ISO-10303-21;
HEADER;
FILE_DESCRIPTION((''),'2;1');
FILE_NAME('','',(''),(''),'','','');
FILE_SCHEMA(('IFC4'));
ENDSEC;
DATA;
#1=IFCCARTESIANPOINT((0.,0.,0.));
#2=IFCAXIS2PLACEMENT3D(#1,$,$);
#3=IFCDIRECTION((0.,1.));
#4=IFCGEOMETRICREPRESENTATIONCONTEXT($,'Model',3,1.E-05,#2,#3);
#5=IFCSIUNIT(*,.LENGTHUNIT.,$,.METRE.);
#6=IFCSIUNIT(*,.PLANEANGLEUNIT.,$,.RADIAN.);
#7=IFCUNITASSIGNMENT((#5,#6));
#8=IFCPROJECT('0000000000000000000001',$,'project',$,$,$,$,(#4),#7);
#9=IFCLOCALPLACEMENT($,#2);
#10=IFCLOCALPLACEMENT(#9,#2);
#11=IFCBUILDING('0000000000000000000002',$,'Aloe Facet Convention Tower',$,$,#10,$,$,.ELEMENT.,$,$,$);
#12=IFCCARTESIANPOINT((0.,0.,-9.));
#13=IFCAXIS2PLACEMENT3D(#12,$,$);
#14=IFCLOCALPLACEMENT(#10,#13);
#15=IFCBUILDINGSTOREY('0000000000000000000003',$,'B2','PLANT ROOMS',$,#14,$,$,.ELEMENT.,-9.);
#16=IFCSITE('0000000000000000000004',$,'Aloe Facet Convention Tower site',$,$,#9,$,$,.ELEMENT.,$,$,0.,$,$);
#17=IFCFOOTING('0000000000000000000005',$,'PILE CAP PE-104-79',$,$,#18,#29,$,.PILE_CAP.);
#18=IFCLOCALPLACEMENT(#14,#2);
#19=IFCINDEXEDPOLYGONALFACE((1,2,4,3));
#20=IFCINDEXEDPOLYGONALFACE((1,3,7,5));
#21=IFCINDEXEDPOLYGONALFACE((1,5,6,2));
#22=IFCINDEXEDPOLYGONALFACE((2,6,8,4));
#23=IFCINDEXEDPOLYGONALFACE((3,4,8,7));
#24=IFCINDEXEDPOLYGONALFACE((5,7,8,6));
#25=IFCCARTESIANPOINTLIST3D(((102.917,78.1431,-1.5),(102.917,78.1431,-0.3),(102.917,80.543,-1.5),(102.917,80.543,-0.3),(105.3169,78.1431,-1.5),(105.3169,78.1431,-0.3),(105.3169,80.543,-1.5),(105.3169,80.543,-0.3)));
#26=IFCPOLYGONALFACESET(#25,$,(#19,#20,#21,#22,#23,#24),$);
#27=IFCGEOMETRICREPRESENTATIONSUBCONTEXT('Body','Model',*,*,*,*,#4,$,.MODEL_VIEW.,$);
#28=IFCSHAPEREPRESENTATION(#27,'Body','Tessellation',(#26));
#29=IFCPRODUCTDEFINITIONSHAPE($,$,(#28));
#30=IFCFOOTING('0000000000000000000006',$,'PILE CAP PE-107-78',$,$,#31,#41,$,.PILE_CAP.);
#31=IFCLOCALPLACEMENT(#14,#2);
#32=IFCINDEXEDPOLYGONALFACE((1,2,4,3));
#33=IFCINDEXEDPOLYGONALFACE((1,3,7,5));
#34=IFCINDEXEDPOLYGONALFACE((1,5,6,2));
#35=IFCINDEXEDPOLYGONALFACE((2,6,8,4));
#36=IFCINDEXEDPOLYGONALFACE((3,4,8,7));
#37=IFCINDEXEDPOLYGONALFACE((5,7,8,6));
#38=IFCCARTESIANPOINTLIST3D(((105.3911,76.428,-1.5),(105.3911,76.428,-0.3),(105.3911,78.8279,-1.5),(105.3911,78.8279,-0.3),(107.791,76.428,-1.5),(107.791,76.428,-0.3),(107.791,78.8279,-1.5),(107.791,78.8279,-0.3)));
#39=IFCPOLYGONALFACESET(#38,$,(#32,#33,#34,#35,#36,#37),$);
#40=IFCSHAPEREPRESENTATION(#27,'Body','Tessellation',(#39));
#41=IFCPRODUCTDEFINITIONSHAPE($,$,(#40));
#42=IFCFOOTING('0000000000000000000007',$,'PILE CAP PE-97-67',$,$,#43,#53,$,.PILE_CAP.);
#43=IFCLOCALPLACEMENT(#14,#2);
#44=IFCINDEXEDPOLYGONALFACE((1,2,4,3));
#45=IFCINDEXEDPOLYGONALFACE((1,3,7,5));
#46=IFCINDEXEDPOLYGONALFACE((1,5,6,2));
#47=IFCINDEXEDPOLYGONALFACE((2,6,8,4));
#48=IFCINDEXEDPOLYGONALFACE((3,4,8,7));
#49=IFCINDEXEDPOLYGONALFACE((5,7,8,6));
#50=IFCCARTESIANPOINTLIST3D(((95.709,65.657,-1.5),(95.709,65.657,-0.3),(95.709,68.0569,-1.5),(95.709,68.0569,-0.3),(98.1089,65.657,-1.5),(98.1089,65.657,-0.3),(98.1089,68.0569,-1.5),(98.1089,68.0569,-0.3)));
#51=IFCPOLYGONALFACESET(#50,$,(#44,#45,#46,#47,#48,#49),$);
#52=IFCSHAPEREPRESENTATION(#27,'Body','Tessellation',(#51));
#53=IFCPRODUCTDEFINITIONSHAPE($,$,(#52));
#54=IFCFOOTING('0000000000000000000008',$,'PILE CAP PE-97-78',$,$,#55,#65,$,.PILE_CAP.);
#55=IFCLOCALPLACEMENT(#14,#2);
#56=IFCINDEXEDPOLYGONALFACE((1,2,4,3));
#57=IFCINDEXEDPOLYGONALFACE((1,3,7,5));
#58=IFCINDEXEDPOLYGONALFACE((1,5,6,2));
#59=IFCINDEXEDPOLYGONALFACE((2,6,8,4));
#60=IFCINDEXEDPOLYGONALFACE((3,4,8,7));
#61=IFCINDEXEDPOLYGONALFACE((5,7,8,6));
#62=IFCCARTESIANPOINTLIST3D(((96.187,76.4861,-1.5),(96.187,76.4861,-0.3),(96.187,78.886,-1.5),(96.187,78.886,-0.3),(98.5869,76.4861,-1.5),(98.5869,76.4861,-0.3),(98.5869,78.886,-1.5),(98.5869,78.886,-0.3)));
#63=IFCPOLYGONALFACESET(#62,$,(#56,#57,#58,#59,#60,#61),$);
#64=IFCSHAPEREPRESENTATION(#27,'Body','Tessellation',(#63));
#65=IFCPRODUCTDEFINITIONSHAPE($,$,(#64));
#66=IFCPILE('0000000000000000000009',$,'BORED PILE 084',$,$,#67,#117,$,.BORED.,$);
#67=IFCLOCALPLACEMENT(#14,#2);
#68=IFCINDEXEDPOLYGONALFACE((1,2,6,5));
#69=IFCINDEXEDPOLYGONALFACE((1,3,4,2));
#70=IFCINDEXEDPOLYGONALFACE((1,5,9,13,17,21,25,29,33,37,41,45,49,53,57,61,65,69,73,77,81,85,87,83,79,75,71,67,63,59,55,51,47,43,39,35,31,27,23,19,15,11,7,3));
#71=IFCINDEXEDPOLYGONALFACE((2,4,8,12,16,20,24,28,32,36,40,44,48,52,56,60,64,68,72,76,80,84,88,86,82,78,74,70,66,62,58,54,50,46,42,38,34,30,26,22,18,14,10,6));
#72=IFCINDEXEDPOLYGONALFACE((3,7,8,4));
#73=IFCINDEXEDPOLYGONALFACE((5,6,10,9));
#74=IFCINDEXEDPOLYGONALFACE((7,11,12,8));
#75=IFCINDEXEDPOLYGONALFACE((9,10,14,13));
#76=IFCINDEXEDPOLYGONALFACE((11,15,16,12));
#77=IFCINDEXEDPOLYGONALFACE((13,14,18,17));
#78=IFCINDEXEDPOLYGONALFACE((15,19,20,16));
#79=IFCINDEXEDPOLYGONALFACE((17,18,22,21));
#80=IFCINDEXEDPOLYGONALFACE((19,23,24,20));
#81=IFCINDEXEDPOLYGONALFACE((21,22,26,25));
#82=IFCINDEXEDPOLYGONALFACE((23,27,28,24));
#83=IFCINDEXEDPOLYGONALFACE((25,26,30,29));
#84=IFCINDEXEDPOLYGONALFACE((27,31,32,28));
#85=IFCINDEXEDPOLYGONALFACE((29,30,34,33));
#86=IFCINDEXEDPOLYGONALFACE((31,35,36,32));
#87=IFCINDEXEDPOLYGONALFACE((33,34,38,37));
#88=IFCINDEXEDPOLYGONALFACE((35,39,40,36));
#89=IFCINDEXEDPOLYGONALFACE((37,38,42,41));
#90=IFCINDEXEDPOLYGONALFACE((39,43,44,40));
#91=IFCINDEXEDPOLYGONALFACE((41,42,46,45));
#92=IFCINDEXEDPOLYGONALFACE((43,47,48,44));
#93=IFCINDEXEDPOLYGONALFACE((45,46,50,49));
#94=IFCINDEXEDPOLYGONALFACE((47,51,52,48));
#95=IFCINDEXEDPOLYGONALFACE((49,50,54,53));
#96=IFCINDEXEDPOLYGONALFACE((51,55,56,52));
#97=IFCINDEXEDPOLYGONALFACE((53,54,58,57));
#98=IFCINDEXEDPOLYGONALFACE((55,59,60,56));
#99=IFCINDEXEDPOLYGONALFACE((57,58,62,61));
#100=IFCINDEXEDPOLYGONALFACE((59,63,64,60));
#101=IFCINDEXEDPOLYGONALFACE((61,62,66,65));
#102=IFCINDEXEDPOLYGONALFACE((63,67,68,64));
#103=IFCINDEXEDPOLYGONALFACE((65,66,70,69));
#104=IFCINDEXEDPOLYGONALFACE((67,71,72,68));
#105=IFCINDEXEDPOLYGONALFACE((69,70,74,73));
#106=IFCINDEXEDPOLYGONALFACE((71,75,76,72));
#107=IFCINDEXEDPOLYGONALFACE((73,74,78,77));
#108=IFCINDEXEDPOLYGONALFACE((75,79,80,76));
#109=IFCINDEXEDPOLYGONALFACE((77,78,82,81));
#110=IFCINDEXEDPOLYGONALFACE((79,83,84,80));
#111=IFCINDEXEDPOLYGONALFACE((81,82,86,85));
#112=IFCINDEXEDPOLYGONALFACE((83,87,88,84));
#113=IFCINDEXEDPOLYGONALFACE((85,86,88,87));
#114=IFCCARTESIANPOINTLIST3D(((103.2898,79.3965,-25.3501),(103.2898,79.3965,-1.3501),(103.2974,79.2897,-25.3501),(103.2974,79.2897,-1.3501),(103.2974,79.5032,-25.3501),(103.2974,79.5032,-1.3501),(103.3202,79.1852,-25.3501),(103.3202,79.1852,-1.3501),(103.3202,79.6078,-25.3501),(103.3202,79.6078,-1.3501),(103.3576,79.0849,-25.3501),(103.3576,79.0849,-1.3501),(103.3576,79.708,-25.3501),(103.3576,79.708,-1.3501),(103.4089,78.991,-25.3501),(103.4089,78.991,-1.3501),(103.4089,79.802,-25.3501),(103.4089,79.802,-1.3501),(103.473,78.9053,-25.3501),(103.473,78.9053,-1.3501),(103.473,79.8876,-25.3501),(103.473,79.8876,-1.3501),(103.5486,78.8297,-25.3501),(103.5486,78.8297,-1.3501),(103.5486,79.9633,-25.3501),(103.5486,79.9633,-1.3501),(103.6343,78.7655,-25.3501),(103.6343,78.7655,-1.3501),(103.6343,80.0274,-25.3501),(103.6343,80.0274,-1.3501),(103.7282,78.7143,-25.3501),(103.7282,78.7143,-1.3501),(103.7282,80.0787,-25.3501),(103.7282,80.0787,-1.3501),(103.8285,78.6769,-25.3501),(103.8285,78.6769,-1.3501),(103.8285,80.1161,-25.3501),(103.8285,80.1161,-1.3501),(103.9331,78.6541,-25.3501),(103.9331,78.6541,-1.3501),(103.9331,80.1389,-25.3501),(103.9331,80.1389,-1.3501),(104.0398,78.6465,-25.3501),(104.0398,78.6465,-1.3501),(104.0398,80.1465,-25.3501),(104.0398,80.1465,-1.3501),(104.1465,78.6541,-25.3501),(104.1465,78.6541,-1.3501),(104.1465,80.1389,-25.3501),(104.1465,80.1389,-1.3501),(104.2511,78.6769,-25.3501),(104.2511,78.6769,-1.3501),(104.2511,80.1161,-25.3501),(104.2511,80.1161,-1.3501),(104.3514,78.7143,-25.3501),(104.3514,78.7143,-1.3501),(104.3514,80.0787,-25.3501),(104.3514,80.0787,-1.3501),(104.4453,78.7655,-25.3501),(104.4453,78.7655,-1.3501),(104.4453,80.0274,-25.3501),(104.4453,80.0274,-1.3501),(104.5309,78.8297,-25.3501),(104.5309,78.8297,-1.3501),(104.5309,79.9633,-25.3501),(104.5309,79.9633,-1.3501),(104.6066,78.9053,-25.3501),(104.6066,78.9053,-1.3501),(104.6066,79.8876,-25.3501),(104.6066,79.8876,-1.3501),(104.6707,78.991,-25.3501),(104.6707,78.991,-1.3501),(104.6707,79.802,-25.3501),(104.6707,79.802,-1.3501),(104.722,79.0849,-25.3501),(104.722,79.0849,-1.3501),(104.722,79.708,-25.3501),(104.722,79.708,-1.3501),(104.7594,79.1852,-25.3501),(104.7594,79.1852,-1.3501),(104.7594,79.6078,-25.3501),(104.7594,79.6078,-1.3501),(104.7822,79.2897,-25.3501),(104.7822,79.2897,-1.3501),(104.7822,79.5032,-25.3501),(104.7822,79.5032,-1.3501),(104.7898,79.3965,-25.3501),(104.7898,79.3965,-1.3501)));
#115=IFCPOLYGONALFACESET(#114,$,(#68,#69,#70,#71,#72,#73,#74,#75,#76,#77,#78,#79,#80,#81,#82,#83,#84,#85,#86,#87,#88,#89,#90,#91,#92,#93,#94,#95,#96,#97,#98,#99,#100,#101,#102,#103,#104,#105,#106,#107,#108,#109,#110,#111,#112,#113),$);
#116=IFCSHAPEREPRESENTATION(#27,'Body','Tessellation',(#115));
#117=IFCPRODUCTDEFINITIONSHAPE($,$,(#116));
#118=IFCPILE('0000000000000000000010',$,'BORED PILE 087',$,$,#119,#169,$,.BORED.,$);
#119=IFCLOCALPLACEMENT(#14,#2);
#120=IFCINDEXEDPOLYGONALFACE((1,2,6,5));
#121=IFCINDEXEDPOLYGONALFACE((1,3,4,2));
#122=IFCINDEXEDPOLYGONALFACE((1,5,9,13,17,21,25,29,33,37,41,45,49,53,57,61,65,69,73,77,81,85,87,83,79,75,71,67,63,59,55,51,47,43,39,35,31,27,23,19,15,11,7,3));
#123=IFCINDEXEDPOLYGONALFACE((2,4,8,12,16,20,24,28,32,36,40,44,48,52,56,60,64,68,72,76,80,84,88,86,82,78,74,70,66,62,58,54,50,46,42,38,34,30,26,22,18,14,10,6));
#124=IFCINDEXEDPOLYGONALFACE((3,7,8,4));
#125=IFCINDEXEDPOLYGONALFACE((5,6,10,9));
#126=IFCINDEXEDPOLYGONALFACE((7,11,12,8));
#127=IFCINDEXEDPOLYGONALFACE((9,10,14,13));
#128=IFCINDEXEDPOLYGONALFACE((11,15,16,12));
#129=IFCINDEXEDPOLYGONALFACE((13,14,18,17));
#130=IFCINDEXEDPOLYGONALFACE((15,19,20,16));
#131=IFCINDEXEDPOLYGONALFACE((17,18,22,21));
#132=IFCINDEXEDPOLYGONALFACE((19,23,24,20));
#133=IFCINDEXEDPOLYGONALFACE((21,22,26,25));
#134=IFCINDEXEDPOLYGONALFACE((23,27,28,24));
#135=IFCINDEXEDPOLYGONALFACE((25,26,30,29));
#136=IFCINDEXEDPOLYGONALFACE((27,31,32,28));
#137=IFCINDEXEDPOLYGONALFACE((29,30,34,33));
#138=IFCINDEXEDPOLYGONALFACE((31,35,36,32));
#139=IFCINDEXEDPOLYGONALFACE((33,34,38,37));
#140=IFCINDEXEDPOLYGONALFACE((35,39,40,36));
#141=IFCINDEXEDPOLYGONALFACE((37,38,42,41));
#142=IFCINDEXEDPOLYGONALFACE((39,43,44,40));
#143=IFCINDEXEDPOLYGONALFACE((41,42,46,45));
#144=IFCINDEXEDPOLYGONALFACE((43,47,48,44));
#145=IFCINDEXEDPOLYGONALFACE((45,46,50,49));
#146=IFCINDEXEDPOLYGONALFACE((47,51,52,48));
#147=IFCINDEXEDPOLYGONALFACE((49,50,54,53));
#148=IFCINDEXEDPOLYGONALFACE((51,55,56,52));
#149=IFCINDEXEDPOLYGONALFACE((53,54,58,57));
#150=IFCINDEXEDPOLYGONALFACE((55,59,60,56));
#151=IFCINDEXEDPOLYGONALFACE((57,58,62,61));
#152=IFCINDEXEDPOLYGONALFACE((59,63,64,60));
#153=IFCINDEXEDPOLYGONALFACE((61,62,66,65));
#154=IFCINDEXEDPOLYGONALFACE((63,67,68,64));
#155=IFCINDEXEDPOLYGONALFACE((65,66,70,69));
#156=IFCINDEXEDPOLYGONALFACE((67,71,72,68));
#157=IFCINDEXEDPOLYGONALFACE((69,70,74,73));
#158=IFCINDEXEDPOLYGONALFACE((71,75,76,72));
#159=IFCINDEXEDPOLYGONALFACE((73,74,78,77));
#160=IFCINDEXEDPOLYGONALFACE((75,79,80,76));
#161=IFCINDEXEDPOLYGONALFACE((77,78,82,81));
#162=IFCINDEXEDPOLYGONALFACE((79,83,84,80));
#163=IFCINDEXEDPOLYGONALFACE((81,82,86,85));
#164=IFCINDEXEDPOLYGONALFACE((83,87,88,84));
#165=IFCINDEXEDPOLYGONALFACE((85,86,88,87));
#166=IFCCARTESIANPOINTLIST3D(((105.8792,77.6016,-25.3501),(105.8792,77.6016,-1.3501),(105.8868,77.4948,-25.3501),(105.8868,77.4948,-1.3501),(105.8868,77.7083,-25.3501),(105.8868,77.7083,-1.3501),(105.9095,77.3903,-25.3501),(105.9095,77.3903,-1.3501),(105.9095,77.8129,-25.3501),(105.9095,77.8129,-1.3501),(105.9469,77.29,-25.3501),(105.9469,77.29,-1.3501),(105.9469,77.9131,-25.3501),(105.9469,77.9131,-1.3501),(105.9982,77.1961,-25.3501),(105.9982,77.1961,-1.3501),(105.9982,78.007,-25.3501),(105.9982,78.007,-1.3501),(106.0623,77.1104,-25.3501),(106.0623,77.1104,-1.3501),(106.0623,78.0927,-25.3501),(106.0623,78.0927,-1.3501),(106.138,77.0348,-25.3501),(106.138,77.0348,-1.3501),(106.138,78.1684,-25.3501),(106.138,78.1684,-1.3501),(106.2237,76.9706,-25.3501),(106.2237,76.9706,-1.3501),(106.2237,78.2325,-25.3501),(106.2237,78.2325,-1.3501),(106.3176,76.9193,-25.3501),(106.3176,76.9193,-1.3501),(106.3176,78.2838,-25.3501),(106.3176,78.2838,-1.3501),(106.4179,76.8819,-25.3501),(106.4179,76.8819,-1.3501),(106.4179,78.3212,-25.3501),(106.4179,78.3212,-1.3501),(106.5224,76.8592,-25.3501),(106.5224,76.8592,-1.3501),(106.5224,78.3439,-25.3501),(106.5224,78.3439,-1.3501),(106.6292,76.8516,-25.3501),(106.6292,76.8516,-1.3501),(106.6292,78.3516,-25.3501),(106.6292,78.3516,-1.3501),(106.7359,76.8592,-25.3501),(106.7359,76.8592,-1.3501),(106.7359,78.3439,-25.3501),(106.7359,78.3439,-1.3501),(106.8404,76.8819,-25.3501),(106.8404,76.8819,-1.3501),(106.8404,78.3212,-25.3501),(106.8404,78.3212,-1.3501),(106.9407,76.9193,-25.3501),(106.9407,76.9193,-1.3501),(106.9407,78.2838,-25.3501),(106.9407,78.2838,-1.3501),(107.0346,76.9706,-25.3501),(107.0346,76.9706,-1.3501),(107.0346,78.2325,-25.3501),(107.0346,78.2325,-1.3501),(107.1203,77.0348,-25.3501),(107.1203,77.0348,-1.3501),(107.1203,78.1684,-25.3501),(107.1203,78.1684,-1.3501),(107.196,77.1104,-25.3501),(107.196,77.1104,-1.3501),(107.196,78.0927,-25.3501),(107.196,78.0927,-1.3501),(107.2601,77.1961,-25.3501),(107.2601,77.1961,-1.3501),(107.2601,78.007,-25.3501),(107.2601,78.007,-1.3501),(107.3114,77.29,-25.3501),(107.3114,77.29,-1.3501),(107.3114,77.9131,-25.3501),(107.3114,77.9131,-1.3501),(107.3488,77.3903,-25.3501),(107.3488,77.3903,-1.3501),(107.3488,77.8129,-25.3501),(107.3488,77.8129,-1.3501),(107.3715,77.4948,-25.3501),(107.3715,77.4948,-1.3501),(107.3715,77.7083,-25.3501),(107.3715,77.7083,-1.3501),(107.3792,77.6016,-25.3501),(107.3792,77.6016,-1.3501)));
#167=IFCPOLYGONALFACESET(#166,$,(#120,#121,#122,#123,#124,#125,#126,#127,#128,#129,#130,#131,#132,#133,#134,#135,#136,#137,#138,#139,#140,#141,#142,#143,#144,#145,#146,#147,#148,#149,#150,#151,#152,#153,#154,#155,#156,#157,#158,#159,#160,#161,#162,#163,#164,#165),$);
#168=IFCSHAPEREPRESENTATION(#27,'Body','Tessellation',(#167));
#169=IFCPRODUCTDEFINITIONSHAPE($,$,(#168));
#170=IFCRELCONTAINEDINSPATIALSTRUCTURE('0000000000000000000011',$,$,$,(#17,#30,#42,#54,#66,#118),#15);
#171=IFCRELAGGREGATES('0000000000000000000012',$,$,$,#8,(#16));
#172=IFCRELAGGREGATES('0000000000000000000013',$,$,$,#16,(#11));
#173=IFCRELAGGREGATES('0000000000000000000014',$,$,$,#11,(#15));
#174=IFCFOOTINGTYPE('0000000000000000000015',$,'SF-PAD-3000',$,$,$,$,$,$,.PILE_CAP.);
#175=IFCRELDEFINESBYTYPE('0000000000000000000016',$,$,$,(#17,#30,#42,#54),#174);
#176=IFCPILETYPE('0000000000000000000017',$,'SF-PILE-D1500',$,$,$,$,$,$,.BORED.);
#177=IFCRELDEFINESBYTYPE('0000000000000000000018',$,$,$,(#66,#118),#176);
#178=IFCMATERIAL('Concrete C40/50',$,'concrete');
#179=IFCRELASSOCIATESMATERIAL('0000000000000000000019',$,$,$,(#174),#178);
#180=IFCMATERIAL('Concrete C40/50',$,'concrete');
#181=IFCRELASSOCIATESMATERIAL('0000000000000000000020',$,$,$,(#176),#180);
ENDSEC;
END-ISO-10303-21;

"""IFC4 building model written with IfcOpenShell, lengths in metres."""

from ifc_helpers import new_model, si_unit, direction, frame, origin, origin_2d, place, context, subcontext, project, spatial, rectangle, circle, extrude, material, material_profile, profile_set, type_object, element, save


model = new_model("IFC4")

# Units and contexts
model_context = context("Model", 3, precision=1e-05, world=origin(), true_north=direction((0.0, 1.0)))
body_context = subcontext(model_context, "Body", "Model", "MODEL_VIEW")
ifc_project = project(units=[si_unit("LENGTHUNIT", "METRE"), si_unit("PLANEANGLEUNIT", "RADIAN")], contexts=[model_context])

# Site, building, storey
site_placement = place(None, origin())
site = spatial("IfcSite", under=ifc_project, at=site_placement, Name="Aloe Facet Convention Tower site", CompositionType="ELEMENT", RefElevation=0.0)
building_placement = place(site_placement, origin())
building = spatial("IfcBuilding", under=site, at=building_placement, Name="Aloe Facet Convention Tower", CompositionType="ELEMENT")
storey_placement = place(building_placement, frame((0.0, 0.0, -9.0)))
storey = spatial("IfcBuildingStorey", under=building, at=storey_placement, Name="B2", Description="PLANT ROOMS", CompositionType="ELEMENT", Elevation=-9.0)

# Footings
ifc_material_1 = material(Name="Concrete C40/50", Category="concrete")
footing_type = type_object("IfcFootingType", Name="SF-PAD-3000", PredefinedType="PILE_CAP", material=ifc_material_1)
for number, where, z_axis, x_axis, name in (
    (1, (104.1169, 79.343, -1.5), (0.0, 0.0, 1.0), (1.0, 0.0, 0.0), "PILE CAP PE-104-79"),
    (2, (106.5911, 77.6279, -1.5), (0.0, 0.0, 1.0), (1.0, 0.0, 0.0), "PILE CAP PE-107-78"),
    (3, (96.9089, 66.8569, -1.5), (0.0, 0.0, 1.0), (1.0, 0.0, 0.0), "PILE CAP PE-97-67"),
    (4, (97.387, 77.686, -1.5), (0.0, 0.0, 1.0), (1.0, 0.0, 0.0), "PILE CAP PE-97-78"),
):
    element("IfcFooting", number, at=place(storey_placement, frame(where, z_axis=z_axis, x_axis=x_axis)), inside=storey, type_object=footing_type, Name=name, PredefinedType="PILE_CAP", context=body_context, shape_type="SweptSolid", body=[
        extrude(rectangle(XDim=2.3999, YDim=2.3999, at=origin_2d()), origin(), (0.0, 0.0, 1.0), 1.2),
    ])

# Piles
ifc_material_2 = material(Name="Concrete C40/50", Category="concrete")
ifc_material_profile_1 = material_profile(ifc_material_2, circle(Radius=0.75, at=origin_2d()), Name="D1500")
ifc_profile_set_1 = profile_set([ifc_material_profile_1], Name="Concrete C40/50")
pile_type = type_object("IfcPileType", Name="SF-PILE-D1500", PredefinedType="BORED", material=ifc_profile_set_1)
for number, where, z_axis, x_axis, name in (
    (5, (104.0398, 79.3965, -1.3501), (0.0, 0.0, -1.0), (1.0, 0.0, 0.0), "BORED PILE 084"),
    (6, (106.6292, 77.6016, -1.3501), (0.0, 0.0, -1.0), (1.0, 0.0, 0.0), "BORED PILE 087"),
):
    element("IfcPile", number, at=place(storey_placement, frame(where, z_axis=z_axis, x_axis=x_axis)), inside=storey, type_object=pile_type, Name=name, PredefinedType="BORED", context=body_context, shape_type="SweptSolid", body=[
        extrude(circle(Radius=0.75, at=origin_2d()), origin(), (0.0, 0.0, 1.0), 24.0),
    ])

save(model, "model.ifc")
